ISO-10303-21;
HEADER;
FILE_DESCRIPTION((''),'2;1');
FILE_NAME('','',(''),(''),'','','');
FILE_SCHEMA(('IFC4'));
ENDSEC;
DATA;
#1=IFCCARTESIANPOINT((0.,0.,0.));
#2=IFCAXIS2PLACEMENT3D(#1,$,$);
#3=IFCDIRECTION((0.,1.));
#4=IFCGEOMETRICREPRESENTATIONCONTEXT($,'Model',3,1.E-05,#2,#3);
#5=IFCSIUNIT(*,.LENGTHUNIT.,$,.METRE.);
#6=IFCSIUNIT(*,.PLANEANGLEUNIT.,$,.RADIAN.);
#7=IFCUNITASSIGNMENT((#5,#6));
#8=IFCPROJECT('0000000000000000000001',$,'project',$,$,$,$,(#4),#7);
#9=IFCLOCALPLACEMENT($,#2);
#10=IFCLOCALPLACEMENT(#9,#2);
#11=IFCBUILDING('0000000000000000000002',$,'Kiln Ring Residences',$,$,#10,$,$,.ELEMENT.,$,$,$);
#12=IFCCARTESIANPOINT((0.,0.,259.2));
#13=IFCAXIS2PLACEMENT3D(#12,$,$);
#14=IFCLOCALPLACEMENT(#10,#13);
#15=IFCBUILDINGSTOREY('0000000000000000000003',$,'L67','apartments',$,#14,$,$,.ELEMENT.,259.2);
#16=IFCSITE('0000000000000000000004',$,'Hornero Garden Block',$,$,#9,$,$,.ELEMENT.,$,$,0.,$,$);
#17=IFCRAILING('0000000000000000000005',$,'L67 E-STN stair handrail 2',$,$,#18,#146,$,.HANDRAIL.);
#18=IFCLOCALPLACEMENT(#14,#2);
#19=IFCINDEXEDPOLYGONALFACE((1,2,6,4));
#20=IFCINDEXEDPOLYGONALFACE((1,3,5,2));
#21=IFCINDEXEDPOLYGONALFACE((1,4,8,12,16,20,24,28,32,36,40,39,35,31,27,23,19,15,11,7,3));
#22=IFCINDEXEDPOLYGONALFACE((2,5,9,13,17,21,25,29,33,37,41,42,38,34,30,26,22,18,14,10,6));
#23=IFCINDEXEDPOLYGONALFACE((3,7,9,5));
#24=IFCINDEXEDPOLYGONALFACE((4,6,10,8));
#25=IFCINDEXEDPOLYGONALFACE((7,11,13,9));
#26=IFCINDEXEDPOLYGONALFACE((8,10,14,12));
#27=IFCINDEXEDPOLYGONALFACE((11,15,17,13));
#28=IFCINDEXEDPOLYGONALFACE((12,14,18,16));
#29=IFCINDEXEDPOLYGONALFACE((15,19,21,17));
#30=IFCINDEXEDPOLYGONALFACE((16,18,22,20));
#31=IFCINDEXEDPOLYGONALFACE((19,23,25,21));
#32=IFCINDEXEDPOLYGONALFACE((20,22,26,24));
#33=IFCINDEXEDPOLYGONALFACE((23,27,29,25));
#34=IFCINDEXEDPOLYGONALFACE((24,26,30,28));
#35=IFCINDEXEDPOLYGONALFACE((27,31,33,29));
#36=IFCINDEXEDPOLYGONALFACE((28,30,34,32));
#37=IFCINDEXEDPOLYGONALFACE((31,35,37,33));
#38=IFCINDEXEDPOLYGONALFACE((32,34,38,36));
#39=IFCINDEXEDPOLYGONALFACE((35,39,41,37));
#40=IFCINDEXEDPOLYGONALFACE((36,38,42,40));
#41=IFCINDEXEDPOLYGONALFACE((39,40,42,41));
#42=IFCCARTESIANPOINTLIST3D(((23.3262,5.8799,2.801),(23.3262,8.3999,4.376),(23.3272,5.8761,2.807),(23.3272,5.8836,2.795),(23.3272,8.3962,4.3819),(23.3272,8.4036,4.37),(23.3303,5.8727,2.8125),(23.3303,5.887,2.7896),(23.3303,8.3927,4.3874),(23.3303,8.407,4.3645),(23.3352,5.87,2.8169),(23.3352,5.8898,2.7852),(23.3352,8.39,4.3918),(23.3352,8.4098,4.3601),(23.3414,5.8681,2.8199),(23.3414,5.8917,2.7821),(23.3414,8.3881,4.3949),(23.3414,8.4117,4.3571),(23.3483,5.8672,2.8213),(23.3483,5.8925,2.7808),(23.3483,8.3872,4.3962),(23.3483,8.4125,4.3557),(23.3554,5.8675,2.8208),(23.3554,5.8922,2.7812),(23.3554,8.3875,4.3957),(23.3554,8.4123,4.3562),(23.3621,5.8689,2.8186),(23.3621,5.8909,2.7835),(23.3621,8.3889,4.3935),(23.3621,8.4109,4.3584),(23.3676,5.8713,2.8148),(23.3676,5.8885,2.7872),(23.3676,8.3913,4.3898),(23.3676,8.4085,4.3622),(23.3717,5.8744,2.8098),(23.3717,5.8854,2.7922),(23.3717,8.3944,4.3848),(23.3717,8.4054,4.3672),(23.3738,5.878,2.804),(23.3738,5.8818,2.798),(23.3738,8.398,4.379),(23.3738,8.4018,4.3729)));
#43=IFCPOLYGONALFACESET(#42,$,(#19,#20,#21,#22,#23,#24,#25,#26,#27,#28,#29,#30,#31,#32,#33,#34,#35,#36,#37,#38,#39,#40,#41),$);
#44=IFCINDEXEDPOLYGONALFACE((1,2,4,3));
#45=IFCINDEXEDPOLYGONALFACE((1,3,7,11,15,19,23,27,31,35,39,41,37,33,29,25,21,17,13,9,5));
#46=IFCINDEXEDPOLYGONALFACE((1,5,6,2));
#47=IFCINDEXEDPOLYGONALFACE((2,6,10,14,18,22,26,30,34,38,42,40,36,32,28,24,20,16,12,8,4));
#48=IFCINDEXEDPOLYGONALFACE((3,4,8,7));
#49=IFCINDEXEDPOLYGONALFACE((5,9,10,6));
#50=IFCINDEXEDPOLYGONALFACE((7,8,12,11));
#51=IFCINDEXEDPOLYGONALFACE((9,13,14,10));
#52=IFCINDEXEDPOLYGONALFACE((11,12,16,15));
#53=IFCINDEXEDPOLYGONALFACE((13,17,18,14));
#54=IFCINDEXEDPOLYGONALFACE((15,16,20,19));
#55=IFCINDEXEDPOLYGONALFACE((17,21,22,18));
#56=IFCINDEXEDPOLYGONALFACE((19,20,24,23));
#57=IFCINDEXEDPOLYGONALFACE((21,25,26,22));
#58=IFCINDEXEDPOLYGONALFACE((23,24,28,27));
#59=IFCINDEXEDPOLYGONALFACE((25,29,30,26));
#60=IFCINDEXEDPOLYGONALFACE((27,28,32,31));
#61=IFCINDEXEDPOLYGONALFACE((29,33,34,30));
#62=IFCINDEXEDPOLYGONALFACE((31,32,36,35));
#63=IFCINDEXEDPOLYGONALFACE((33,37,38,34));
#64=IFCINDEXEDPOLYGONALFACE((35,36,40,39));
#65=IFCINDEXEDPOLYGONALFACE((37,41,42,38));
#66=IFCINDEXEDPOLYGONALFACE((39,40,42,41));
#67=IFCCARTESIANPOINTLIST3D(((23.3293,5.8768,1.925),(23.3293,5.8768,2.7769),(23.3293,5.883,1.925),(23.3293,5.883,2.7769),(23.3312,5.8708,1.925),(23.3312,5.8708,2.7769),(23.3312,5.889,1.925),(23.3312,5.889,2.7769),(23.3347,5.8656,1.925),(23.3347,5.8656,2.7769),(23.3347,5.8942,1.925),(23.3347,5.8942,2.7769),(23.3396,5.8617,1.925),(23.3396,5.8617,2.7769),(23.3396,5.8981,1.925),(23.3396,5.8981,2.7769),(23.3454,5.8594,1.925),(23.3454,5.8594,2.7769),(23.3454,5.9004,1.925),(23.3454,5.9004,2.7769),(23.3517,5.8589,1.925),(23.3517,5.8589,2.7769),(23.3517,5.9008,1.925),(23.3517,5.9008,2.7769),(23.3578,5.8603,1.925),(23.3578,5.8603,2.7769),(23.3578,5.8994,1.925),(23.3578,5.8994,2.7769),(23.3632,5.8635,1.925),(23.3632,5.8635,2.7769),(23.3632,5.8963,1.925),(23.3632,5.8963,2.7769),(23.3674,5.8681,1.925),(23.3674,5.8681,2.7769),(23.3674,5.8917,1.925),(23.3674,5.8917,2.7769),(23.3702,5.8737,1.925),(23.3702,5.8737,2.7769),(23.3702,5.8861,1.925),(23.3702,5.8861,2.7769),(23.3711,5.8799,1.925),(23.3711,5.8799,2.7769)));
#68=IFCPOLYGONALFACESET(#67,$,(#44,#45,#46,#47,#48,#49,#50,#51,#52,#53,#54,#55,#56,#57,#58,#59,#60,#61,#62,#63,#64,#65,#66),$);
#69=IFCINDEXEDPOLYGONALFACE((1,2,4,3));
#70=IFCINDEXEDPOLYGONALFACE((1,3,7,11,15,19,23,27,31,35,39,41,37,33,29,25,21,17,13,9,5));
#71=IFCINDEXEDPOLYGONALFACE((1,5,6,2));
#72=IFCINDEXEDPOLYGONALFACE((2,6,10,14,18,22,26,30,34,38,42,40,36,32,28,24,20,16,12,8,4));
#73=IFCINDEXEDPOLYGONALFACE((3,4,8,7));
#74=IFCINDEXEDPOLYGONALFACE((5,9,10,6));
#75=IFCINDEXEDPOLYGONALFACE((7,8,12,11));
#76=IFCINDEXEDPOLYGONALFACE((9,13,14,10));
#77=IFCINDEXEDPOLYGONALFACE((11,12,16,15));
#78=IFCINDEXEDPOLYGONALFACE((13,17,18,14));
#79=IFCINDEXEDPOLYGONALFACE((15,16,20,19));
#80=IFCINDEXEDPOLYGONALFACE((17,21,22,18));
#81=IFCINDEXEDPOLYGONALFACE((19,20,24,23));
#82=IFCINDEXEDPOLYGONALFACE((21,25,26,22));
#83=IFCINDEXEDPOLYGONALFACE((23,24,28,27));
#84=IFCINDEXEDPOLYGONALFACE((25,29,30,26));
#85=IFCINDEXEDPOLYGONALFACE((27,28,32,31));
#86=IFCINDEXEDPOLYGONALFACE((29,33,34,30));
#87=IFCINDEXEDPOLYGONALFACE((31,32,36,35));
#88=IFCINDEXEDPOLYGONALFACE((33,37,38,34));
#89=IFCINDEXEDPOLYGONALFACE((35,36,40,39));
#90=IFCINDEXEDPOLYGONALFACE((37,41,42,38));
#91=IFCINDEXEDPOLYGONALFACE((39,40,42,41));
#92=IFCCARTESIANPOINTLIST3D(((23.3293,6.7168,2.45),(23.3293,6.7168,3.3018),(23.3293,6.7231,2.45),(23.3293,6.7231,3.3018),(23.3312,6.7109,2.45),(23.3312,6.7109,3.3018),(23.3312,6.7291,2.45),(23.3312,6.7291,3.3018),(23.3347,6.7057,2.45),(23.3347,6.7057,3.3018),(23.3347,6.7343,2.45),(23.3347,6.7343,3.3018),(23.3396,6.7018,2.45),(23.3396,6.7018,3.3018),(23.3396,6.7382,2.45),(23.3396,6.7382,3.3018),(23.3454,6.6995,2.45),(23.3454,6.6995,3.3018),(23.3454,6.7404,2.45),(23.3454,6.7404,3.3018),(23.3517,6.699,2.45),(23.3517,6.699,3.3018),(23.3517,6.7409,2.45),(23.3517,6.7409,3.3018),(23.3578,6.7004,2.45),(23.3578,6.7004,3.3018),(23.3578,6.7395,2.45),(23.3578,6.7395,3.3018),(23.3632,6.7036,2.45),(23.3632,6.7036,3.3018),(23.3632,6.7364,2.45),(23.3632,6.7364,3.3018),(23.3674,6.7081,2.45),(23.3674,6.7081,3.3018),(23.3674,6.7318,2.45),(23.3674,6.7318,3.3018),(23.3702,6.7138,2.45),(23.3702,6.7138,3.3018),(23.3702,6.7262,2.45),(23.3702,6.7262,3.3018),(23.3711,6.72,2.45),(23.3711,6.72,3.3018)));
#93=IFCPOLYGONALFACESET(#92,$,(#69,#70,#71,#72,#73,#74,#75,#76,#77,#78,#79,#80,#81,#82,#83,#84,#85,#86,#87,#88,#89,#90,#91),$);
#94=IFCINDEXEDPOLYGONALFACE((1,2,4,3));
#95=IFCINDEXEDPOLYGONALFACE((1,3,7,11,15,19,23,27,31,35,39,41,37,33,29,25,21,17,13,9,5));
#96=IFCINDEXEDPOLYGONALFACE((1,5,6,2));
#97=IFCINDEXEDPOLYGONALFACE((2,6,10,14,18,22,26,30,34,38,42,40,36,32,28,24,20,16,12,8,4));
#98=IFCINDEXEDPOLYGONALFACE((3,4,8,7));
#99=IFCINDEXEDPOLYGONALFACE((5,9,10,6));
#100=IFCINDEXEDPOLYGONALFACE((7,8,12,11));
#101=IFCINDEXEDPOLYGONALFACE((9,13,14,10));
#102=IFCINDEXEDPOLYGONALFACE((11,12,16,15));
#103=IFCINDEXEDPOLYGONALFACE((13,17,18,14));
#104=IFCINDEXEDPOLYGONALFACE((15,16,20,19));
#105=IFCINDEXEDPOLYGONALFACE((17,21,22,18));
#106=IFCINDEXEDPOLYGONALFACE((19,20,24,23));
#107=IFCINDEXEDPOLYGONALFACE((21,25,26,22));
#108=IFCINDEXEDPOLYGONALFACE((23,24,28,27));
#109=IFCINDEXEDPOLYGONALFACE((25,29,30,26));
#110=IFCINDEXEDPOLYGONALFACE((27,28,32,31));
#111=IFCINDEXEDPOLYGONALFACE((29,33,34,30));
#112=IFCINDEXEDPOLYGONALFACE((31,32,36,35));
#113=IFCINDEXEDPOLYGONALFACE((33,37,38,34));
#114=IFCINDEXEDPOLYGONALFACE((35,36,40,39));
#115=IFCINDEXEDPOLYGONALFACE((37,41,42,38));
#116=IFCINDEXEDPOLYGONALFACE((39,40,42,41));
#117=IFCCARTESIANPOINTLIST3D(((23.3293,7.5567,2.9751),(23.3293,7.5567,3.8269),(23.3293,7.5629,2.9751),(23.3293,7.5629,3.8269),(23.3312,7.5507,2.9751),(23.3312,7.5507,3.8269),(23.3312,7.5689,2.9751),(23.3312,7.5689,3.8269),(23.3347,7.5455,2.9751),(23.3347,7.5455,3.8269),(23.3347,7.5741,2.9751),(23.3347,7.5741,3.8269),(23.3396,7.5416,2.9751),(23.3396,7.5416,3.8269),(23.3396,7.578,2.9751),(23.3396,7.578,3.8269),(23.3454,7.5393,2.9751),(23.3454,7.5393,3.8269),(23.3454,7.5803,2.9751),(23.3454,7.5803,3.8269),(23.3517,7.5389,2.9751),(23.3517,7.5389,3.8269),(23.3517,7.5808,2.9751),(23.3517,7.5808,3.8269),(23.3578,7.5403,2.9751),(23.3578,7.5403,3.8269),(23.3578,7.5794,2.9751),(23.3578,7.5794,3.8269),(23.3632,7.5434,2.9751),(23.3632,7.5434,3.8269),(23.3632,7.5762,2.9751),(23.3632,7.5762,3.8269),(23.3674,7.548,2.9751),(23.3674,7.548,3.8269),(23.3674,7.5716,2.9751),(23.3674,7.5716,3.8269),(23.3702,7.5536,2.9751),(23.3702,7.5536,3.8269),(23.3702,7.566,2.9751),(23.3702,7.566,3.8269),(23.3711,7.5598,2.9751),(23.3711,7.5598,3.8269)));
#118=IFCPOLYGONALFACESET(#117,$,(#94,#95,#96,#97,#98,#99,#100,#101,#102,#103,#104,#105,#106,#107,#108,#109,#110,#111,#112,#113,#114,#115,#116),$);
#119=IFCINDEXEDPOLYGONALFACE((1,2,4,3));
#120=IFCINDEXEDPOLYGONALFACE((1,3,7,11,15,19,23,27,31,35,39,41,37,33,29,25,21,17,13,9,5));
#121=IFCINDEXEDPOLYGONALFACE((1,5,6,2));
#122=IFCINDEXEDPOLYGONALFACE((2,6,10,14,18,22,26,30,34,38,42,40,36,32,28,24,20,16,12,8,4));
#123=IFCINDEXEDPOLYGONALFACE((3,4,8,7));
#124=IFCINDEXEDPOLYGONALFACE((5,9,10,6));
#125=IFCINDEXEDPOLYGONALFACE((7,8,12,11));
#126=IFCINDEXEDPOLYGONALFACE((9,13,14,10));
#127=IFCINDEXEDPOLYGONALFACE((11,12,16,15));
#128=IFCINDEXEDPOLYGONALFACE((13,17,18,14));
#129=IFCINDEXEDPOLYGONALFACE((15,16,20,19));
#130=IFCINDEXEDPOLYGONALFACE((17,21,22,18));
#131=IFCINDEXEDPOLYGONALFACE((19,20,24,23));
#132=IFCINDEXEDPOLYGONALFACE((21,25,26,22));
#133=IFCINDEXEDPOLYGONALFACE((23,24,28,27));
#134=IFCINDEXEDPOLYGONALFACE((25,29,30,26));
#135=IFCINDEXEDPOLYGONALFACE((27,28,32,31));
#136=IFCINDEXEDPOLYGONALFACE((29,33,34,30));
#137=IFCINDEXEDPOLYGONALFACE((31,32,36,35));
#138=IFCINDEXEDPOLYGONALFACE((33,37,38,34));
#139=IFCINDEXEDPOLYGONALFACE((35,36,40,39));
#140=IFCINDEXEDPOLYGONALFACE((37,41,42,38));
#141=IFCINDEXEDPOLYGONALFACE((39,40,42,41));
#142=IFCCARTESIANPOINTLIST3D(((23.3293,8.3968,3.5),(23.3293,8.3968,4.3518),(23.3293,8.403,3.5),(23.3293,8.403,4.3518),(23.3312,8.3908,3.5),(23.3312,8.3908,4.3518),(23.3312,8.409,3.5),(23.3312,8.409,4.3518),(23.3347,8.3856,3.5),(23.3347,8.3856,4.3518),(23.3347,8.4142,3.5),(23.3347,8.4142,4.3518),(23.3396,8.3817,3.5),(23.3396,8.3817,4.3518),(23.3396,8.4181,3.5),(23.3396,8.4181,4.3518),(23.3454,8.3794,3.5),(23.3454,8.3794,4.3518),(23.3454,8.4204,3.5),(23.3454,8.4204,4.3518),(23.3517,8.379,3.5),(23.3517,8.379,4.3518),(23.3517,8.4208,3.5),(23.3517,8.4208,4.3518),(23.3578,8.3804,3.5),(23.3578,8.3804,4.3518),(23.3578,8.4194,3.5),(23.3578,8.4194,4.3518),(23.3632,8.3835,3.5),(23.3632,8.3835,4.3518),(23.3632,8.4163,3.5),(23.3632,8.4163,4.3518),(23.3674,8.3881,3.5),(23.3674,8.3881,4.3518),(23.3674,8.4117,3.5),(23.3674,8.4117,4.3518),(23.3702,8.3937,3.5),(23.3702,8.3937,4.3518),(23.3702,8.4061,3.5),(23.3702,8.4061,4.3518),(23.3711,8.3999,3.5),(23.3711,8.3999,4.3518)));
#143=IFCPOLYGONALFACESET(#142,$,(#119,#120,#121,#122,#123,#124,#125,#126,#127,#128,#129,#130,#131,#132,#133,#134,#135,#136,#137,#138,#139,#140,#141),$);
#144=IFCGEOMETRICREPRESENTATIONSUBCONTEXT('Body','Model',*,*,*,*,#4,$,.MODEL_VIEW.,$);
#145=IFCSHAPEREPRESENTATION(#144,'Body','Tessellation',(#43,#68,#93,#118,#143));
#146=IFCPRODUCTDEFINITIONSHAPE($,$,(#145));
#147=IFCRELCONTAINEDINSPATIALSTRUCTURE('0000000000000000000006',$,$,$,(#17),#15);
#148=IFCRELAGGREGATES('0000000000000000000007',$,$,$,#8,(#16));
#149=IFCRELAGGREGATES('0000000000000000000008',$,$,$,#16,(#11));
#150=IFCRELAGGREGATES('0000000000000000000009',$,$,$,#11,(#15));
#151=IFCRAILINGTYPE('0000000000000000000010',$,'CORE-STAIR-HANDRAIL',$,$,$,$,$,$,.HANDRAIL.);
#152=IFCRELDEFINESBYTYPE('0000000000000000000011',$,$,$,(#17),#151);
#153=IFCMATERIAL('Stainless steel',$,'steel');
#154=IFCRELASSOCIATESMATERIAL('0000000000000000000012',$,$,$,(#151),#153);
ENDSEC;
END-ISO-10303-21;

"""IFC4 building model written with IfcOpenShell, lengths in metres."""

from ifc_helpers import new_model, si_unit, direction, frame, origin, origin_2d, place, context, subcontext, project, spatial, circle, extrude, material, type_object, element, save


model = new_model("IFC4")

# Units and contexts
model_context = context("Model", 3, precision=1e-05, world=origin(), true_north=direction((0.0, 1.0)))
body_context = subcontext(model_context, "Body", "Model", "MODEL_VIEW")
ifc_project = project(units=[si_unit("LENGTHUNIT", "METRE"), si_unit("PLANEANGLEUNIT", "RADIAN")], contexts=[model_context])

# Site, building, storey
site_placement = place(None, origin())
site = spatial("IfcSite", under=ifc_project, at=site_placement, Name="Hornero Garden Block", CompositionType="ELEMENT", RefElevation=0.0)
building_placement = place(site_placement, origin())
building = spatial("IfcBuilding", under=site, at=building_placement, Name="Kiln Ring Residences", CompositionType="ELEMENT")
storey_placement = place(building_placement, frame((0.0, 0.0, 259.2)))
storey = spatial("IfcBuildingStorey", under=building, at=storey_placement, Name="L67", Description="apartments", CompositionType="ELEMENT", Elevation=259.2)

# Railing
ifc_material_1 = material(Name="Stainless steel", Category="steel")
railing_type_1 = type_object("IfcRailingType", Name="CORE-STAIR-HANDRAIL", PredefinedType="HANDRAIL", material=ifc_material_1)
railing_1_placement = place(storey_placement, frame((23.3501, 5.8799, 1.925)))
element("IfcRailing", 1, at=railing_1_placement, inside=storey, type_object=railing_type_1, Name="L67 E-STN stair handrail 2", PredefinedType="HANDRAIL", context=body_context, shape_type="SweptSolid", body=[
    extrude(circle(Radius=0.0239, at=origin_2d()), frame((0.0, 0.0, 0.876), z_axis=(0.0, 0.848008, 0.529984), x_axis=(-1.0, 0.0, 0.0)), (0.0, 0.0, 1.0), 2.9717),
    extrude(circle(Radius=0.021, at=origin_2d()), origin(), (0.0, 0.0, 1.0), 0.8518),
    extrude(circle(Radius=0.021, at=origin_2d()), frame((0.0, 0.8401, 0.5249)), (0.0, 0.0, 1.0), 0.8518),
    extrude(circle(Radius=0.021, at=origin_2d()), frame((0.0, 1.6799, 1.05)), (0.0, 0.0, 1.0), 0.8518),
    extrude(circle(Radius=0.021, at=origin_2d()), frame((0.0, 2.52, 1.575)), (0.0, 0.0, 1.0), 0.8518),
])

save(model, "model.ifc")
